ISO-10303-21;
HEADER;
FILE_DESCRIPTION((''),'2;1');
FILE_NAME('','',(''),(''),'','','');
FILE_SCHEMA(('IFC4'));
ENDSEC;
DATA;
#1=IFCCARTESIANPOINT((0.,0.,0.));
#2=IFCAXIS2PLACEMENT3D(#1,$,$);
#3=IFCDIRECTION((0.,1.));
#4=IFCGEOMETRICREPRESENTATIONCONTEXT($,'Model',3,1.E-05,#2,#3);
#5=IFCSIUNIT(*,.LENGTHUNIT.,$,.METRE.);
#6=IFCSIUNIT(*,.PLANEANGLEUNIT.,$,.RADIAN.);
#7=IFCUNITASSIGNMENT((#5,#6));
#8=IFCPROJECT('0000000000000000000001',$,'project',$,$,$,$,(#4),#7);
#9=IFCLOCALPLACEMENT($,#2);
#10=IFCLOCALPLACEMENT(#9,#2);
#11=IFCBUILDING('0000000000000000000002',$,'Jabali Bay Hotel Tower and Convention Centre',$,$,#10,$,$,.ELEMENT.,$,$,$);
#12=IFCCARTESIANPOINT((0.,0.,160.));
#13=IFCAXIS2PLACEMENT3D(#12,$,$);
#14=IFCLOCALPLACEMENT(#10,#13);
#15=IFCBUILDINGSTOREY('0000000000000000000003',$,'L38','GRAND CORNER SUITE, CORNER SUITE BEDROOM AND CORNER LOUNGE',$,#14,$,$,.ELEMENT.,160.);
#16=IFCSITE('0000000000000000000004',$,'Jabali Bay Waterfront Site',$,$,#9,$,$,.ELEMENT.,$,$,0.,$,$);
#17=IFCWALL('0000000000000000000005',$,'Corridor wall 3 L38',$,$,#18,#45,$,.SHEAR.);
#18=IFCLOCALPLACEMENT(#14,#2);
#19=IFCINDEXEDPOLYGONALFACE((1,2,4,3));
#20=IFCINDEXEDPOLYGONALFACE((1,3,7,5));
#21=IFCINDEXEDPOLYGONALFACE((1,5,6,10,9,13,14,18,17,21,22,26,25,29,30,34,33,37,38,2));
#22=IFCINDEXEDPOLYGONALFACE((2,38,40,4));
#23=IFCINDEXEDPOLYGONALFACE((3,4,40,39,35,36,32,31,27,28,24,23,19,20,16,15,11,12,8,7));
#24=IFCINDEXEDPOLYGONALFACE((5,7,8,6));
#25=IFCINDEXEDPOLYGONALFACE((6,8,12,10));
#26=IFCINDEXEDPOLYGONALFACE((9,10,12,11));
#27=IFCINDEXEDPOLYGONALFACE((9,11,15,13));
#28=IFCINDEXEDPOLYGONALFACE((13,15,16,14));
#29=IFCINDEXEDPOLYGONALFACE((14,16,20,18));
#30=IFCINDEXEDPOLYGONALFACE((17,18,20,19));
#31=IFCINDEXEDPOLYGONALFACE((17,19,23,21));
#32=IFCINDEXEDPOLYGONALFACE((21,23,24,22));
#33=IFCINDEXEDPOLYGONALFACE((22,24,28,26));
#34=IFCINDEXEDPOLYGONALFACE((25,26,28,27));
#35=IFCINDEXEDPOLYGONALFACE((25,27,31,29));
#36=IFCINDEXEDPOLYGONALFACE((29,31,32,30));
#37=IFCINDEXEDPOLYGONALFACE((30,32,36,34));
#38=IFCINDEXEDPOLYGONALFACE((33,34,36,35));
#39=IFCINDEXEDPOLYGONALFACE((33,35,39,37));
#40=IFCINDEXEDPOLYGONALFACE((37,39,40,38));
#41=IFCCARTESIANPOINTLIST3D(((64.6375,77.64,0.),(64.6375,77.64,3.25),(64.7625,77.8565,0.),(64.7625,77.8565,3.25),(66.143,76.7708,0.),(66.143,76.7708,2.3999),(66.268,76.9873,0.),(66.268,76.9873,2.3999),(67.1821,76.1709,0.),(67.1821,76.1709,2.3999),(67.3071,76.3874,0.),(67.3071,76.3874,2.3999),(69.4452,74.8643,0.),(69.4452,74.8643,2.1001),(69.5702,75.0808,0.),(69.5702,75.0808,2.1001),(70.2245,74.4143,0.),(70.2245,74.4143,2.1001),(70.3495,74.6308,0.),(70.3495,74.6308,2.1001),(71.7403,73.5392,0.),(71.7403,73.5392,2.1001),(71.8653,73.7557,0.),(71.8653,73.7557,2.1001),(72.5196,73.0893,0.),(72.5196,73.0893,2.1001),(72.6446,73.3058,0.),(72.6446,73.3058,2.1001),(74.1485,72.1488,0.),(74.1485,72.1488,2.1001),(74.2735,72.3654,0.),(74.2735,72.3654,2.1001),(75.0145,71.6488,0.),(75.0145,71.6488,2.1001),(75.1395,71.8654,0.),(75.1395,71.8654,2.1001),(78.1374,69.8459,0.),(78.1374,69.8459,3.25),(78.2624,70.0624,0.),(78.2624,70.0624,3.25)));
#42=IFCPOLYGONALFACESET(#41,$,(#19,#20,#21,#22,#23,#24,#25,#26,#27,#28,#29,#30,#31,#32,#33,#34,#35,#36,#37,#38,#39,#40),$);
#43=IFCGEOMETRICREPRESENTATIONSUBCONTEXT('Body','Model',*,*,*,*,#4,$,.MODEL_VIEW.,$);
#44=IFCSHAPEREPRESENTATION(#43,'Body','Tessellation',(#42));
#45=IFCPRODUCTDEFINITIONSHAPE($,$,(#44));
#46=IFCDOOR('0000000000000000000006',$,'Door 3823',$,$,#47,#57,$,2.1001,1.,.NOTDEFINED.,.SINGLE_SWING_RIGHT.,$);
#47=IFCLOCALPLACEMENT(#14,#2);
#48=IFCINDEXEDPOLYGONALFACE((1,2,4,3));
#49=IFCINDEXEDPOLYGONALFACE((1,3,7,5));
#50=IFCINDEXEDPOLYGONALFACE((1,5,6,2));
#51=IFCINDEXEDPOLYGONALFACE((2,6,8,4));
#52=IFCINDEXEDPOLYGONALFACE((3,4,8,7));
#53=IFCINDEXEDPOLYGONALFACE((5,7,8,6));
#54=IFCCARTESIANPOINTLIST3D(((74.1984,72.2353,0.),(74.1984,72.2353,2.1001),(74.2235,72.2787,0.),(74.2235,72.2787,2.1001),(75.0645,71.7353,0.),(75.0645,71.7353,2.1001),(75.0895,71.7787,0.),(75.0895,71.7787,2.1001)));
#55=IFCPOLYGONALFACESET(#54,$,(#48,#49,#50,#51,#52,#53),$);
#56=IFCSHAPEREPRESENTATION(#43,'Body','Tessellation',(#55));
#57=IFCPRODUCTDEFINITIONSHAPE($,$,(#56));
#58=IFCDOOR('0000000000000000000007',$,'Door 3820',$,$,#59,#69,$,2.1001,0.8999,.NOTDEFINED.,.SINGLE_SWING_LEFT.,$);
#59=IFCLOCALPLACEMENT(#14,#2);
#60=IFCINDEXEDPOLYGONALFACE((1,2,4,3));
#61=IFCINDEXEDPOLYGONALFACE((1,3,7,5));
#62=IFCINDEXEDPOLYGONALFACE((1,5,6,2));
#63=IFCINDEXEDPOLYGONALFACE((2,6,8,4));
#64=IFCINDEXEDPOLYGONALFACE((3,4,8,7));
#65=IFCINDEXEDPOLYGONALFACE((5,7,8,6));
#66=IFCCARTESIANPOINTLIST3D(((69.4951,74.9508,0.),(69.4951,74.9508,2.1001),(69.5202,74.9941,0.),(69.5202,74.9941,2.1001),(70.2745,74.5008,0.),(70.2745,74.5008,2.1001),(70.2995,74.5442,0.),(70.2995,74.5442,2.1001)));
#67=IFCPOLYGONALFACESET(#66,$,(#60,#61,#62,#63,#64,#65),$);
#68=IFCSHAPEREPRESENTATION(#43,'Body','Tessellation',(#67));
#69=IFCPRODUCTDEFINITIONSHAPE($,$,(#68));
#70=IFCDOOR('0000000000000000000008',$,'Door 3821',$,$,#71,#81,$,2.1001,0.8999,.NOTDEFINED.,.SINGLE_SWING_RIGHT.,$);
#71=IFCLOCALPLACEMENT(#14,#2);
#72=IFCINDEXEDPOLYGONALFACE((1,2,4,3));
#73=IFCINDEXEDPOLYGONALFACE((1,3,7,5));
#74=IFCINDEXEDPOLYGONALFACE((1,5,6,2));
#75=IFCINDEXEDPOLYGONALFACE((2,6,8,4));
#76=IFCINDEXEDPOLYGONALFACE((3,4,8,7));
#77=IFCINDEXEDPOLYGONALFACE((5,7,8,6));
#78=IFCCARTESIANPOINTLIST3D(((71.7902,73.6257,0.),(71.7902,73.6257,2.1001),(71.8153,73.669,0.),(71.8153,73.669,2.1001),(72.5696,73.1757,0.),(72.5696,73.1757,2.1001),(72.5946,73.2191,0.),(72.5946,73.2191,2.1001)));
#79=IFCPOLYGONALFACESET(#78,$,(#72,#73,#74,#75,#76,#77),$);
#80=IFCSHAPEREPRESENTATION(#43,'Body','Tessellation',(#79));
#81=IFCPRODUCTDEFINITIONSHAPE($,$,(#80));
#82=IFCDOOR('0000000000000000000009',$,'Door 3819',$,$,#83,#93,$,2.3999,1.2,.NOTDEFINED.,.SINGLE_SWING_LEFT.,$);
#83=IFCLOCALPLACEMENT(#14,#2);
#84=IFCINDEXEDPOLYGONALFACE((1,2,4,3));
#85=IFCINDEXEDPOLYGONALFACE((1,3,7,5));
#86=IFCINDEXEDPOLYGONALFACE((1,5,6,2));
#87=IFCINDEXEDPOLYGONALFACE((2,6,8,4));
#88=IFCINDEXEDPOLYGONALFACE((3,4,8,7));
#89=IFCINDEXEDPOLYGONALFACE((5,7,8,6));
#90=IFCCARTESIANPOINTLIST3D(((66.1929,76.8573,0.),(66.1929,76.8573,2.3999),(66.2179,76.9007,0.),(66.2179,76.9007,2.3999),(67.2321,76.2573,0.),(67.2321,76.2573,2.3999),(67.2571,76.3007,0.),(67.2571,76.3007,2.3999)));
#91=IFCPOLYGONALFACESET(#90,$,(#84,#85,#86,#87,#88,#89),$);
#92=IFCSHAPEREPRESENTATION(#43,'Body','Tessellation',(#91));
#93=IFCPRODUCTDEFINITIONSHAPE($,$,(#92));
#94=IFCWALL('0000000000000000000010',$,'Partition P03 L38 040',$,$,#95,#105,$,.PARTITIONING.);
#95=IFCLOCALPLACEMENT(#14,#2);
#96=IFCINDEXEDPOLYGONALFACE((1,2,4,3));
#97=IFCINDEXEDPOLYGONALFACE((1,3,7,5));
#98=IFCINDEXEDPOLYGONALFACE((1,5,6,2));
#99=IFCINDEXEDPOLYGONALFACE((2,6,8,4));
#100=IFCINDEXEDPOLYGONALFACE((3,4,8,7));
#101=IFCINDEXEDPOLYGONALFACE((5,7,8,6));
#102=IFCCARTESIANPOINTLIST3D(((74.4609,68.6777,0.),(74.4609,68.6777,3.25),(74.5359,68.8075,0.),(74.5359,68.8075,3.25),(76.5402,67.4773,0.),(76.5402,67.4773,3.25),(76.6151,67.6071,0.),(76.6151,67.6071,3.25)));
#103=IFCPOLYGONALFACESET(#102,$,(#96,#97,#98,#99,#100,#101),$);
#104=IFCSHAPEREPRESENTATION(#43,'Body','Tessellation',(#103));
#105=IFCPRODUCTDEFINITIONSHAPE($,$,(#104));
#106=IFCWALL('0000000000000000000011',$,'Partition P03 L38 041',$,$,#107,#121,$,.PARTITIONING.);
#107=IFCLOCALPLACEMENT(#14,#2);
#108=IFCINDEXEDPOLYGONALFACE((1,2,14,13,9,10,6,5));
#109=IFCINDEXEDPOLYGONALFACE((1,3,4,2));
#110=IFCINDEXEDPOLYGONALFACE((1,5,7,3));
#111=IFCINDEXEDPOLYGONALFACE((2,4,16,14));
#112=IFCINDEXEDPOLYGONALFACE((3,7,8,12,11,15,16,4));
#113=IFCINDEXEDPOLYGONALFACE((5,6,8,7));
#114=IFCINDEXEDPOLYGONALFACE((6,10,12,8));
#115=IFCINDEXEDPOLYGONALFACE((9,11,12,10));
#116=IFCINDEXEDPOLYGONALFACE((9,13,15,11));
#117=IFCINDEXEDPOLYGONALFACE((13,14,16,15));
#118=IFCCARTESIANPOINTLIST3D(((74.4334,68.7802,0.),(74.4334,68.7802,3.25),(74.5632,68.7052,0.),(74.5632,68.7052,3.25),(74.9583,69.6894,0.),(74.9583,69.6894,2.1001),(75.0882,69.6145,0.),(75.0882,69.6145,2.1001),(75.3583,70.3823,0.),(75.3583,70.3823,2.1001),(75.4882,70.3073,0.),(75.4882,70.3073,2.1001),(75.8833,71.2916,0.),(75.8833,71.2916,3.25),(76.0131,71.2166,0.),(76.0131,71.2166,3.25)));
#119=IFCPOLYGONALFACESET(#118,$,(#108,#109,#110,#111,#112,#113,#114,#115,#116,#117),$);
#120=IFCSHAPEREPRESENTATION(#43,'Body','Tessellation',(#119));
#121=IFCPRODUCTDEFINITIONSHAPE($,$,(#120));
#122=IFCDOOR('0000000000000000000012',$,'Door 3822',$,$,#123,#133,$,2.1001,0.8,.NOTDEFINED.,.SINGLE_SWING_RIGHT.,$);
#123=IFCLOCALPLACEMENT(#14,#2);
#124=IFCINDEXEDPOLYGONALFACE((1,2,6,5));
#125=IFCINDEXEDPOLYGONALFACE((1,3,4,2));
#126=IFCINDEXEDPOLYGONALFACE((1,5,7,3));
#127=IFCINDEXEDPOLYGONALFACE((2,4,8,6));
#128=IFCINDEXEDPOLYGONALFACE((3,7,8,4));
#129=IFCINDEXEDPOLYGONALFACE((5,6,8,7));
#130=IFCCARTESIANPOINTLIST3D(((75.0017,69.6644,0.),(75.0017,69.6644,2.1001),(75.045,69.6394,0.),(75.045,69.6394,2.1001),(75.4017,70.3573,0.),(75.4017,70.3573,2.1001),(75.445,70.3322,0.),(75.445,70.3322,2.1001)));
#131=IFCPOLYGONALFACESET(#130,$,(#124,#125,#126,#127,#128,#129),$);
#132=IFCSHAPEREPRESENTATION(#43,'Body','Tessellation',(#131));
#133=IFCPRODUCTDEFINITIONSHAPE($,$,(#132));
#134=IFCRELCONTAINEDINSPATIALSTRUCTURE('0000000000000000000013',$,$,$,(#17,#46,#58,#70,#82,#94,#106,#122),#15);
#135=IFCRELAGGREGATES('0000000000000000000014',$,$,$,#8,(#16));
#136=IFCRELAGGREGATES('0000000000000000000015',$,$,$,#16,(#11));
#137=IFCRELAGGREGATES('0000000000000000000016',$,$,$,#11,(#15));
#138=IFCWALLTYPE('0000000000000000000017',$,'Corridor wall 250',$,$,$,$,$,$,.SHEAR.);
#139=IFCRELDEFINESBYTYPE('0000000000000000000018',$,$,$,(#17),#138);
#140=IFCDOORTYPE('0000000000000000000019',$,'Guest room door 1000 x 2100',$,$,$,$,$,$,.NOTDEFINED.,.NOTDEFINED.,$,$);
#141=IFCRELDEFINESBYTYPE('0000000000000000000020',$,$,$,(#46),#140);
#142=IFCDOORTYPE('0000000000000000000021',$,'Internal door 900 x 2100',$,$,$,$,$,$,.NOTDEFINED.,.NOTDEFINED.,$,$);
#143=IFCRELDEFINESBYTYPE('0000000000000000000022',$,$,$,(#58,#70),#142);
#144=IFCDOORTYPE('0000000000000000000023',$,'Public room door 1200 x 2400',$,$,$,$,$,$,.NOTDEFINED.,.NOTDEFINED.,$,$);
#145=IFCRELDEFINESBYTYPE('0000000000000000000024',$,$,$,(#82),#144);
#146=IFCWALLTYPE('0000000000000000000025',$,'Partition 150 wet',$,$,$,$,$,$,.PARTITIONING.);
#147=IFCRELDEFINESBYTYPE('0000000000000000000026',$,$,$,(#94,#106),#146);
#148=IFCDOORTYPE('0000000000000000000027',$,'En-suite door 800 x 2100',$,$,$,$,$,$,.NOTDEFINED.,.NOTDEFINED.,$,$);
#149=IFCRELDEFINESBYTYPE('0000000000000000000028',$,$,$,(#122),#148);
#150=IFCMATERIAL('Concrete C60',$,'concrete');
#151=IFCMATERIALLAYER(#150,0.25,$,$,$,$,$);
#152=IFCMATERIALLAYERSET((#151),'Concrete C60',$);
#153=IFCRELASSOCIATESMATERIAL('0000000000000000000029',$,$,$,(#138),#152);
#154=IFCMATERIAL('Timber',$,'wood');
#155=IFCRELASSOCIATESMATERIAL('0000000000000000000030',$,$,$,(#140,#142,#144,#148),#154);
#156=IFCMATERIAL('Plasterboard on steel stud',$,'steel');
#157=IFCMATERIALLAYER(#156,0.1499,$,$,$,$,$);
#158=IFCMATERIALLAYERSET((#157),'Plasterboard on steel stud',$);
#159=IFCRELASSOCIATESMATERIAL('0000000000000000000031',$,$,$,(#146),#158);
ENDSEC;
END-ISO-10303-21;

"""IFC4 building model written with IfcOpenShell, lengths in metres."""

from ifc_helpers import new_model, si_unit, direction, frame, frame_2d, origin, place, context, subcontext, project, spatial, rectangle, extrude, material, layer, layer_set, type_object, element, fill, save


model = new_model("IFC4")

# Units and contexts
model_context = context("Model", 3, precision=1e-05, world=origin(), true_north=direction((0.0, 1.0)))
body_context = subcontext(model_context, "Body", "Model", "MODEL_VIEW")
ifc_project = project(units=[si_unit("LENGTHUNIT", "METRE"), si_unit("PLANEANGLEUNIT", "RADIAN")], contexts=[model_context])

# Site, building, storey
site_placement = place(None, origin())
site = spatial("IfcSite", under=ifc_project, at=site_placement, Name="Jabali Bay Waterfront Site", CompositionType="ELEMENT", RefElevation=0.0)
building_placement = place(site_placement, origin())
building = spatial("IfcBuilding", under=site, at=building_placement, Name="Jabali Bay Hotel Tower and Convention Centre", CompositionType="ELEMENT")
storey_placement = place(building_placement, frame((0.0, 0.0, 160.0)))
storey = spatial("IfcBuildingStorey", under=building, at=storey_placement, Name="L38", Description="GRAND CORNER SUITE, CORNER SUITE BEDROOM AND CORNER LOUNGE", CompositionType="ELEMENT", Elevation=160.0)

# Shared definitions
ifc_material_1 = material(Name="Concrete C60", Category="concrete")

# Wall, openings, doors
ifc_layer_1 = layer(ifc_material_1, 0.25)
ifc_layer_set_1 = layer_set([ifc_layer_1], Name="Concrete C60")
wall_type_1 = type_object("IfcWallType", Name="Corridor wall 250", PredefinedType="SHEAR", material=ifc_layer_set_1)
wall_1_placement = place(storey_placement, frame((64.7, 77.7483, 0.0), z_axis=(0.0, 0.0, 1.0), x_axis=(0.866026, -0.499998, 0.0)))
wall_1 = element("IfcWall", 1, at=wall_1_placement, inside=storey, type_object=wall_type_1, Name="Corridor wall 3 L38", PredefinedType="SHEAR", context=body_context, shape_type="SweptSolid", body=[
    extrude(rectangle(XDim=15.5884, YDim=0.25, at=frame_2d((7.7942, 0.0))), origin(), (0.0, 0.0, 1.0), 3.25),
])
opening_1_placement = place(wall_1_placement, frame((1.7383, 0.0, 0.0)))
opening_1 = element("IfcOpeningElement", 2, at=opening_1_placement, cuts=wall_1, PredefinedType="OPENING", context=body_context, shape_type="SweptSolid", body=[
    extrude(rectangle(XDim=1.2, YDim=2.3999, at=frame_2d((0.6001, 1.2))), frame((0.0, 0.1355, 0.0), z_axis=(0.0, -1.0, 0.0), x_axis=(1.0, 0.0, 0.0)), (0.0, 0.0, 1.0), 0.271),
])
opening_2_placement = place(wall_1_placement, frame((5.5515, 0.0, 0.0)))
opening_2 = element("IfcOpeningElement", 3, at=opening_2_placement, cuts=wall_1, PredefinedType="OPENING", context=body_context, shape_type="SweptSolid", body=[
    extrude(rectangle(XDim=0.8999, YDim=2.1001, at=frame_2d((0.45, 1.05))), frame((0.0, 0.1355, 0.0), z_axis=(0.0, -1.0, 0.0), x_axis=(1.0, 0.0, 0.0)), (0.0, 0.0, 1.0), 0.271),
])
opening_3_placement = place(wall_1_placement, frame((8.2017, 0.0, 0.0)))
opening_3 = element("IfcOpeningElement", 4, at=opening_3_placement, cuts=wall_1, PredefinedType="OPENING", context=body_context, shape_type="SweptSolid", body=[
    extrude(rectangle(XDim=0.8999, YDim=2.1001, at=frame_2d((0.45, 1.05))), frame((0.0, 0.1355, 0.0), z_axis=(0.0, -1.0, 0.0), x_axis=(1.0, 0.0, 0.0)), (0.0, 0.0, 1.0), 0.271),
])
opening_4_placement = place(wall_1_placement, frame((10.9824, 0.0, 0.0)))
opening_4 = element("IfcOpeningElement", 5, at=opening_4_placement, cuts=wall_1, PredefinedType="OPENING", context=body_context, shape_type="SweptSolid", body=[
    extrude(rectangle(XDim=1.0, YDim=2.1001, at=frame_2d((0.5, 1.05))), frame((0.0, 0.1355, 0.0), z_axis=(0.0, -1.0, 0.0), x_axis=(1.0, 0.0, 0.0)), (0.0, 0.0, 1.0), 0.271),
])
ifc_material_2 = material(Name="Timber", Category="wood")
door_type_1 = type_object("IfcDoorType", Name="Guest room door 1000 x 2100", OperationType="NOTDEFINED", PredefinedType="NOTDEFINED", material=ifc_material_2)
door_1_placement = place(opening_4_placement, origin())
door_1 = element("IfcDoor", 6, at=door_1_placement, inside=storey, type_object=door_type_1, Name="Door 3823", OperationType="SINGLE_SWING_RIGHT", OverallHeight=2.1001, OverallWidth=1.0, PredefinedType="NOTDEFINED", context=body_context, shape_type="SweptSolid", body=[
    extrude(rectangle(XDim=1.0, YDim=2.1001, at=frame_2d((0.5, 1.05))), frame((0.0, 0.0249, 0.0), z_axis=(0.0, -1.0, 0.0), x_axis=(1.0, 0.0, 0.0)), (0.0, 0.0, 1.0), 0.05),
])
fill(opening_4, door_1)
door_type_2 = type_object("IfcDoorType", Name="Internal door 900 x 2100", OperationType="NOTDEFINED", PredefinedType="NOTDEFINED", material=ifc_material_2)
door_2_placement = place(opening_2_placement, origin())
door_2 = element("IfcDoor", 7, at=door_2_placement, inside=storey, type_object=door_type_2, Name="Door 3820", OperationType="SINGLE_SWING_LEFT", OverallHeight=2.1001, OverallWidth=0.8999, PredefinedType="NOTDEFINED", context=body_context, shape_type="SweptSolid", body=[
    extrude(rectangle(XDim=0.8999, YDim=2.1001, at=frame_2d((0.45, 1.05))), frame((0.0, 0.0249, 0.0), z_axis=(0.0, -1.0, 0.0), x_axis=(1.0, 0.0, 0.0)), (0.0, 0.0, 1.0), 0.05),
])
fill(opening_2, door_2)
door_3_placement = place(opening_3_placement, origin())
door_3 = element("IfcDoor", 8, at=door_3_placement, inside=storey, type_object=door_type_2, Name="Door 3821", OperationType="SINGLE_SWING_RIGHT", OverallHeight=2.1001, OverallWidth=0.8999, PredefinedType="NOTDEFINED", context=body_context, shape_type="SweptSolid", body=[
    extrude(rectangle(XDim=0.8999, YDim=2.1001, at=frame_2d((0.45, 1.05))), frame((0.0, 0.0249, 0.0), z_axis=(0.0, -1.0, 0.0), x_axis=(1.0, 0.0, 0.0)), (0.0, 0.0, 1.0), 0.05),
])
fill(opening_3, door_3)
door_type_3 = type_object("IfcDoorType", Name="Public room door 1200 x 2400", OperationType="NOTDEFINED", PredefinedType="NOTDEFINED", material=ifc_material_2)
door_4_placement = place(opening_1_placement, origin())
door_4 = element("IfcDoor", 9, at=door_4_placement, inside=storey, type_object=door_type_3, Name="Door 3819", OperationType="SINGLE_SWING_LEFT", OverallHeight=2.3999, OverallWidth=1.2, PredefinedType="NOTDEFINED", context=body_context, shape_type="SweptSolid", body=[
    extrude(rectangle(XDim=1.2, YDim=2.3999, at=frame_2d((0.6001, 1.2))), frame((0.0, 0.0249, 0.0), z_axis=(0.0, -1.0, 0.0), x_axis=(1.0, 0.0, 0.0)), (0.0, 0.0, 1.0), 0.05),
])
fill(opening_1, door_4)

# Wall
ifc_material_3 = material(Name="Plasterboard on steel stud", Category="steel")
ifc_layer_2 = layer(ifc_material_3, 0.1499)
ifc_layer_set_2 = layer_set([ifc_layer_2], Name="Plasterboard on steel stud")
wall_type_2 = type_object("IfcWallType", Name="Partition 150 wet", PredefinedType="PARTITIONING", material=ifc_layer_set_2)
wall_2_placement = place(storey_placement, frame((76.5776, 67.5422, 0.0), z_axis=(0.0, 0.0, 1.0), x_axis=(-0.866038, 0.499978, 0.0)))
element("IfcWall", 10, at=wall_2_placement, inside=storey, type_object=wall_type_2, Name="Partition P03 L38 040", PredefinedType="PARTITIONING", context=body_context, shape_type="SweptSolid", body=[
    extrude(rectangle(XDim=2.4009, YDim=0.1499, at=frame_2d((1.2004, 0.0))), origin(), (0.0, 0.0, 1.0), 3.25),
])

# Wall, opening, door
wall_3_placement = place(storey_placement, frame((74.4983, 68.7427, 0.0), z_axis=(0.0, 0.0, 1.0), x_axis=(0.499987, 0.866033, 0.0)))
wall_3 = element("IfcWall", 11, at=wall_3_placement, inside=storey, type_object=wall_type_2, Name="Partition P03 L38 041", PredefinedType="PARTITIONING", context=body_context, shape_type="SweptSolid", body=[
    extrude(rectangle(XDim=2.8999, YDim=0.1499, at=frame_2d((1.45, 0.0))), origin(), (0.0, 0.0, 1.0), 3.25),
])
opening_5_placement = place(wall_3_placement, frame((1.05, 0.0, 0.0)))
opening_5 = element("IfcOpeningElement", 12, at=opening_5_placement, cuts=wall_3, PredefinedType="OPENING", context=body_context, shape_type="SweptSolid", body=[
    extrude(rectangle(XDim=0.8, YDim=2.1001, at=frame_2d((0.3999, 1.05))), frame((0.0, 0.0854, 0.0), z_axis=(0.0, -1.0, 0.0), x_axis=(1.0, 0.0, 0.0)), (0.0, 0.0, 1.0), 0.1709),
])
door_type_4 = type_object("IfcDoorType", Name="En-suite door 800 x 2100", OperationType="NOTDEFINED", PredefinedType="NOTDEFINED", material=ifc_material_2)
door_5_placement = place(opening_5_placement, origin())
door_5 = element("IfcDoor", 13, at=door_5_placement, inside=storey, type_object=door_type_4, Name="Door 3822", OperationType="SINGLE_SWING_RIGHT", OverallHeight=2.1001, OverallWidth=0.8, PredefinedType="NOTDEFINED", context=body_context, shape_type="SweptSolid", body=[
    extrude(rectangle(XDim=0.8, YDim=2.1001, at=frame_2d((0.3999, 1.05))), frame((0.0, 0.0249, 0.0), z_axis=(0.0, -1.0, 0.0), x_axis=(1.0, 0.0, 0.0)), (0.0, 0.0, 1.0), 0.05),
])
fill(opening_5, door_5)

save(model, "model.ifc")
